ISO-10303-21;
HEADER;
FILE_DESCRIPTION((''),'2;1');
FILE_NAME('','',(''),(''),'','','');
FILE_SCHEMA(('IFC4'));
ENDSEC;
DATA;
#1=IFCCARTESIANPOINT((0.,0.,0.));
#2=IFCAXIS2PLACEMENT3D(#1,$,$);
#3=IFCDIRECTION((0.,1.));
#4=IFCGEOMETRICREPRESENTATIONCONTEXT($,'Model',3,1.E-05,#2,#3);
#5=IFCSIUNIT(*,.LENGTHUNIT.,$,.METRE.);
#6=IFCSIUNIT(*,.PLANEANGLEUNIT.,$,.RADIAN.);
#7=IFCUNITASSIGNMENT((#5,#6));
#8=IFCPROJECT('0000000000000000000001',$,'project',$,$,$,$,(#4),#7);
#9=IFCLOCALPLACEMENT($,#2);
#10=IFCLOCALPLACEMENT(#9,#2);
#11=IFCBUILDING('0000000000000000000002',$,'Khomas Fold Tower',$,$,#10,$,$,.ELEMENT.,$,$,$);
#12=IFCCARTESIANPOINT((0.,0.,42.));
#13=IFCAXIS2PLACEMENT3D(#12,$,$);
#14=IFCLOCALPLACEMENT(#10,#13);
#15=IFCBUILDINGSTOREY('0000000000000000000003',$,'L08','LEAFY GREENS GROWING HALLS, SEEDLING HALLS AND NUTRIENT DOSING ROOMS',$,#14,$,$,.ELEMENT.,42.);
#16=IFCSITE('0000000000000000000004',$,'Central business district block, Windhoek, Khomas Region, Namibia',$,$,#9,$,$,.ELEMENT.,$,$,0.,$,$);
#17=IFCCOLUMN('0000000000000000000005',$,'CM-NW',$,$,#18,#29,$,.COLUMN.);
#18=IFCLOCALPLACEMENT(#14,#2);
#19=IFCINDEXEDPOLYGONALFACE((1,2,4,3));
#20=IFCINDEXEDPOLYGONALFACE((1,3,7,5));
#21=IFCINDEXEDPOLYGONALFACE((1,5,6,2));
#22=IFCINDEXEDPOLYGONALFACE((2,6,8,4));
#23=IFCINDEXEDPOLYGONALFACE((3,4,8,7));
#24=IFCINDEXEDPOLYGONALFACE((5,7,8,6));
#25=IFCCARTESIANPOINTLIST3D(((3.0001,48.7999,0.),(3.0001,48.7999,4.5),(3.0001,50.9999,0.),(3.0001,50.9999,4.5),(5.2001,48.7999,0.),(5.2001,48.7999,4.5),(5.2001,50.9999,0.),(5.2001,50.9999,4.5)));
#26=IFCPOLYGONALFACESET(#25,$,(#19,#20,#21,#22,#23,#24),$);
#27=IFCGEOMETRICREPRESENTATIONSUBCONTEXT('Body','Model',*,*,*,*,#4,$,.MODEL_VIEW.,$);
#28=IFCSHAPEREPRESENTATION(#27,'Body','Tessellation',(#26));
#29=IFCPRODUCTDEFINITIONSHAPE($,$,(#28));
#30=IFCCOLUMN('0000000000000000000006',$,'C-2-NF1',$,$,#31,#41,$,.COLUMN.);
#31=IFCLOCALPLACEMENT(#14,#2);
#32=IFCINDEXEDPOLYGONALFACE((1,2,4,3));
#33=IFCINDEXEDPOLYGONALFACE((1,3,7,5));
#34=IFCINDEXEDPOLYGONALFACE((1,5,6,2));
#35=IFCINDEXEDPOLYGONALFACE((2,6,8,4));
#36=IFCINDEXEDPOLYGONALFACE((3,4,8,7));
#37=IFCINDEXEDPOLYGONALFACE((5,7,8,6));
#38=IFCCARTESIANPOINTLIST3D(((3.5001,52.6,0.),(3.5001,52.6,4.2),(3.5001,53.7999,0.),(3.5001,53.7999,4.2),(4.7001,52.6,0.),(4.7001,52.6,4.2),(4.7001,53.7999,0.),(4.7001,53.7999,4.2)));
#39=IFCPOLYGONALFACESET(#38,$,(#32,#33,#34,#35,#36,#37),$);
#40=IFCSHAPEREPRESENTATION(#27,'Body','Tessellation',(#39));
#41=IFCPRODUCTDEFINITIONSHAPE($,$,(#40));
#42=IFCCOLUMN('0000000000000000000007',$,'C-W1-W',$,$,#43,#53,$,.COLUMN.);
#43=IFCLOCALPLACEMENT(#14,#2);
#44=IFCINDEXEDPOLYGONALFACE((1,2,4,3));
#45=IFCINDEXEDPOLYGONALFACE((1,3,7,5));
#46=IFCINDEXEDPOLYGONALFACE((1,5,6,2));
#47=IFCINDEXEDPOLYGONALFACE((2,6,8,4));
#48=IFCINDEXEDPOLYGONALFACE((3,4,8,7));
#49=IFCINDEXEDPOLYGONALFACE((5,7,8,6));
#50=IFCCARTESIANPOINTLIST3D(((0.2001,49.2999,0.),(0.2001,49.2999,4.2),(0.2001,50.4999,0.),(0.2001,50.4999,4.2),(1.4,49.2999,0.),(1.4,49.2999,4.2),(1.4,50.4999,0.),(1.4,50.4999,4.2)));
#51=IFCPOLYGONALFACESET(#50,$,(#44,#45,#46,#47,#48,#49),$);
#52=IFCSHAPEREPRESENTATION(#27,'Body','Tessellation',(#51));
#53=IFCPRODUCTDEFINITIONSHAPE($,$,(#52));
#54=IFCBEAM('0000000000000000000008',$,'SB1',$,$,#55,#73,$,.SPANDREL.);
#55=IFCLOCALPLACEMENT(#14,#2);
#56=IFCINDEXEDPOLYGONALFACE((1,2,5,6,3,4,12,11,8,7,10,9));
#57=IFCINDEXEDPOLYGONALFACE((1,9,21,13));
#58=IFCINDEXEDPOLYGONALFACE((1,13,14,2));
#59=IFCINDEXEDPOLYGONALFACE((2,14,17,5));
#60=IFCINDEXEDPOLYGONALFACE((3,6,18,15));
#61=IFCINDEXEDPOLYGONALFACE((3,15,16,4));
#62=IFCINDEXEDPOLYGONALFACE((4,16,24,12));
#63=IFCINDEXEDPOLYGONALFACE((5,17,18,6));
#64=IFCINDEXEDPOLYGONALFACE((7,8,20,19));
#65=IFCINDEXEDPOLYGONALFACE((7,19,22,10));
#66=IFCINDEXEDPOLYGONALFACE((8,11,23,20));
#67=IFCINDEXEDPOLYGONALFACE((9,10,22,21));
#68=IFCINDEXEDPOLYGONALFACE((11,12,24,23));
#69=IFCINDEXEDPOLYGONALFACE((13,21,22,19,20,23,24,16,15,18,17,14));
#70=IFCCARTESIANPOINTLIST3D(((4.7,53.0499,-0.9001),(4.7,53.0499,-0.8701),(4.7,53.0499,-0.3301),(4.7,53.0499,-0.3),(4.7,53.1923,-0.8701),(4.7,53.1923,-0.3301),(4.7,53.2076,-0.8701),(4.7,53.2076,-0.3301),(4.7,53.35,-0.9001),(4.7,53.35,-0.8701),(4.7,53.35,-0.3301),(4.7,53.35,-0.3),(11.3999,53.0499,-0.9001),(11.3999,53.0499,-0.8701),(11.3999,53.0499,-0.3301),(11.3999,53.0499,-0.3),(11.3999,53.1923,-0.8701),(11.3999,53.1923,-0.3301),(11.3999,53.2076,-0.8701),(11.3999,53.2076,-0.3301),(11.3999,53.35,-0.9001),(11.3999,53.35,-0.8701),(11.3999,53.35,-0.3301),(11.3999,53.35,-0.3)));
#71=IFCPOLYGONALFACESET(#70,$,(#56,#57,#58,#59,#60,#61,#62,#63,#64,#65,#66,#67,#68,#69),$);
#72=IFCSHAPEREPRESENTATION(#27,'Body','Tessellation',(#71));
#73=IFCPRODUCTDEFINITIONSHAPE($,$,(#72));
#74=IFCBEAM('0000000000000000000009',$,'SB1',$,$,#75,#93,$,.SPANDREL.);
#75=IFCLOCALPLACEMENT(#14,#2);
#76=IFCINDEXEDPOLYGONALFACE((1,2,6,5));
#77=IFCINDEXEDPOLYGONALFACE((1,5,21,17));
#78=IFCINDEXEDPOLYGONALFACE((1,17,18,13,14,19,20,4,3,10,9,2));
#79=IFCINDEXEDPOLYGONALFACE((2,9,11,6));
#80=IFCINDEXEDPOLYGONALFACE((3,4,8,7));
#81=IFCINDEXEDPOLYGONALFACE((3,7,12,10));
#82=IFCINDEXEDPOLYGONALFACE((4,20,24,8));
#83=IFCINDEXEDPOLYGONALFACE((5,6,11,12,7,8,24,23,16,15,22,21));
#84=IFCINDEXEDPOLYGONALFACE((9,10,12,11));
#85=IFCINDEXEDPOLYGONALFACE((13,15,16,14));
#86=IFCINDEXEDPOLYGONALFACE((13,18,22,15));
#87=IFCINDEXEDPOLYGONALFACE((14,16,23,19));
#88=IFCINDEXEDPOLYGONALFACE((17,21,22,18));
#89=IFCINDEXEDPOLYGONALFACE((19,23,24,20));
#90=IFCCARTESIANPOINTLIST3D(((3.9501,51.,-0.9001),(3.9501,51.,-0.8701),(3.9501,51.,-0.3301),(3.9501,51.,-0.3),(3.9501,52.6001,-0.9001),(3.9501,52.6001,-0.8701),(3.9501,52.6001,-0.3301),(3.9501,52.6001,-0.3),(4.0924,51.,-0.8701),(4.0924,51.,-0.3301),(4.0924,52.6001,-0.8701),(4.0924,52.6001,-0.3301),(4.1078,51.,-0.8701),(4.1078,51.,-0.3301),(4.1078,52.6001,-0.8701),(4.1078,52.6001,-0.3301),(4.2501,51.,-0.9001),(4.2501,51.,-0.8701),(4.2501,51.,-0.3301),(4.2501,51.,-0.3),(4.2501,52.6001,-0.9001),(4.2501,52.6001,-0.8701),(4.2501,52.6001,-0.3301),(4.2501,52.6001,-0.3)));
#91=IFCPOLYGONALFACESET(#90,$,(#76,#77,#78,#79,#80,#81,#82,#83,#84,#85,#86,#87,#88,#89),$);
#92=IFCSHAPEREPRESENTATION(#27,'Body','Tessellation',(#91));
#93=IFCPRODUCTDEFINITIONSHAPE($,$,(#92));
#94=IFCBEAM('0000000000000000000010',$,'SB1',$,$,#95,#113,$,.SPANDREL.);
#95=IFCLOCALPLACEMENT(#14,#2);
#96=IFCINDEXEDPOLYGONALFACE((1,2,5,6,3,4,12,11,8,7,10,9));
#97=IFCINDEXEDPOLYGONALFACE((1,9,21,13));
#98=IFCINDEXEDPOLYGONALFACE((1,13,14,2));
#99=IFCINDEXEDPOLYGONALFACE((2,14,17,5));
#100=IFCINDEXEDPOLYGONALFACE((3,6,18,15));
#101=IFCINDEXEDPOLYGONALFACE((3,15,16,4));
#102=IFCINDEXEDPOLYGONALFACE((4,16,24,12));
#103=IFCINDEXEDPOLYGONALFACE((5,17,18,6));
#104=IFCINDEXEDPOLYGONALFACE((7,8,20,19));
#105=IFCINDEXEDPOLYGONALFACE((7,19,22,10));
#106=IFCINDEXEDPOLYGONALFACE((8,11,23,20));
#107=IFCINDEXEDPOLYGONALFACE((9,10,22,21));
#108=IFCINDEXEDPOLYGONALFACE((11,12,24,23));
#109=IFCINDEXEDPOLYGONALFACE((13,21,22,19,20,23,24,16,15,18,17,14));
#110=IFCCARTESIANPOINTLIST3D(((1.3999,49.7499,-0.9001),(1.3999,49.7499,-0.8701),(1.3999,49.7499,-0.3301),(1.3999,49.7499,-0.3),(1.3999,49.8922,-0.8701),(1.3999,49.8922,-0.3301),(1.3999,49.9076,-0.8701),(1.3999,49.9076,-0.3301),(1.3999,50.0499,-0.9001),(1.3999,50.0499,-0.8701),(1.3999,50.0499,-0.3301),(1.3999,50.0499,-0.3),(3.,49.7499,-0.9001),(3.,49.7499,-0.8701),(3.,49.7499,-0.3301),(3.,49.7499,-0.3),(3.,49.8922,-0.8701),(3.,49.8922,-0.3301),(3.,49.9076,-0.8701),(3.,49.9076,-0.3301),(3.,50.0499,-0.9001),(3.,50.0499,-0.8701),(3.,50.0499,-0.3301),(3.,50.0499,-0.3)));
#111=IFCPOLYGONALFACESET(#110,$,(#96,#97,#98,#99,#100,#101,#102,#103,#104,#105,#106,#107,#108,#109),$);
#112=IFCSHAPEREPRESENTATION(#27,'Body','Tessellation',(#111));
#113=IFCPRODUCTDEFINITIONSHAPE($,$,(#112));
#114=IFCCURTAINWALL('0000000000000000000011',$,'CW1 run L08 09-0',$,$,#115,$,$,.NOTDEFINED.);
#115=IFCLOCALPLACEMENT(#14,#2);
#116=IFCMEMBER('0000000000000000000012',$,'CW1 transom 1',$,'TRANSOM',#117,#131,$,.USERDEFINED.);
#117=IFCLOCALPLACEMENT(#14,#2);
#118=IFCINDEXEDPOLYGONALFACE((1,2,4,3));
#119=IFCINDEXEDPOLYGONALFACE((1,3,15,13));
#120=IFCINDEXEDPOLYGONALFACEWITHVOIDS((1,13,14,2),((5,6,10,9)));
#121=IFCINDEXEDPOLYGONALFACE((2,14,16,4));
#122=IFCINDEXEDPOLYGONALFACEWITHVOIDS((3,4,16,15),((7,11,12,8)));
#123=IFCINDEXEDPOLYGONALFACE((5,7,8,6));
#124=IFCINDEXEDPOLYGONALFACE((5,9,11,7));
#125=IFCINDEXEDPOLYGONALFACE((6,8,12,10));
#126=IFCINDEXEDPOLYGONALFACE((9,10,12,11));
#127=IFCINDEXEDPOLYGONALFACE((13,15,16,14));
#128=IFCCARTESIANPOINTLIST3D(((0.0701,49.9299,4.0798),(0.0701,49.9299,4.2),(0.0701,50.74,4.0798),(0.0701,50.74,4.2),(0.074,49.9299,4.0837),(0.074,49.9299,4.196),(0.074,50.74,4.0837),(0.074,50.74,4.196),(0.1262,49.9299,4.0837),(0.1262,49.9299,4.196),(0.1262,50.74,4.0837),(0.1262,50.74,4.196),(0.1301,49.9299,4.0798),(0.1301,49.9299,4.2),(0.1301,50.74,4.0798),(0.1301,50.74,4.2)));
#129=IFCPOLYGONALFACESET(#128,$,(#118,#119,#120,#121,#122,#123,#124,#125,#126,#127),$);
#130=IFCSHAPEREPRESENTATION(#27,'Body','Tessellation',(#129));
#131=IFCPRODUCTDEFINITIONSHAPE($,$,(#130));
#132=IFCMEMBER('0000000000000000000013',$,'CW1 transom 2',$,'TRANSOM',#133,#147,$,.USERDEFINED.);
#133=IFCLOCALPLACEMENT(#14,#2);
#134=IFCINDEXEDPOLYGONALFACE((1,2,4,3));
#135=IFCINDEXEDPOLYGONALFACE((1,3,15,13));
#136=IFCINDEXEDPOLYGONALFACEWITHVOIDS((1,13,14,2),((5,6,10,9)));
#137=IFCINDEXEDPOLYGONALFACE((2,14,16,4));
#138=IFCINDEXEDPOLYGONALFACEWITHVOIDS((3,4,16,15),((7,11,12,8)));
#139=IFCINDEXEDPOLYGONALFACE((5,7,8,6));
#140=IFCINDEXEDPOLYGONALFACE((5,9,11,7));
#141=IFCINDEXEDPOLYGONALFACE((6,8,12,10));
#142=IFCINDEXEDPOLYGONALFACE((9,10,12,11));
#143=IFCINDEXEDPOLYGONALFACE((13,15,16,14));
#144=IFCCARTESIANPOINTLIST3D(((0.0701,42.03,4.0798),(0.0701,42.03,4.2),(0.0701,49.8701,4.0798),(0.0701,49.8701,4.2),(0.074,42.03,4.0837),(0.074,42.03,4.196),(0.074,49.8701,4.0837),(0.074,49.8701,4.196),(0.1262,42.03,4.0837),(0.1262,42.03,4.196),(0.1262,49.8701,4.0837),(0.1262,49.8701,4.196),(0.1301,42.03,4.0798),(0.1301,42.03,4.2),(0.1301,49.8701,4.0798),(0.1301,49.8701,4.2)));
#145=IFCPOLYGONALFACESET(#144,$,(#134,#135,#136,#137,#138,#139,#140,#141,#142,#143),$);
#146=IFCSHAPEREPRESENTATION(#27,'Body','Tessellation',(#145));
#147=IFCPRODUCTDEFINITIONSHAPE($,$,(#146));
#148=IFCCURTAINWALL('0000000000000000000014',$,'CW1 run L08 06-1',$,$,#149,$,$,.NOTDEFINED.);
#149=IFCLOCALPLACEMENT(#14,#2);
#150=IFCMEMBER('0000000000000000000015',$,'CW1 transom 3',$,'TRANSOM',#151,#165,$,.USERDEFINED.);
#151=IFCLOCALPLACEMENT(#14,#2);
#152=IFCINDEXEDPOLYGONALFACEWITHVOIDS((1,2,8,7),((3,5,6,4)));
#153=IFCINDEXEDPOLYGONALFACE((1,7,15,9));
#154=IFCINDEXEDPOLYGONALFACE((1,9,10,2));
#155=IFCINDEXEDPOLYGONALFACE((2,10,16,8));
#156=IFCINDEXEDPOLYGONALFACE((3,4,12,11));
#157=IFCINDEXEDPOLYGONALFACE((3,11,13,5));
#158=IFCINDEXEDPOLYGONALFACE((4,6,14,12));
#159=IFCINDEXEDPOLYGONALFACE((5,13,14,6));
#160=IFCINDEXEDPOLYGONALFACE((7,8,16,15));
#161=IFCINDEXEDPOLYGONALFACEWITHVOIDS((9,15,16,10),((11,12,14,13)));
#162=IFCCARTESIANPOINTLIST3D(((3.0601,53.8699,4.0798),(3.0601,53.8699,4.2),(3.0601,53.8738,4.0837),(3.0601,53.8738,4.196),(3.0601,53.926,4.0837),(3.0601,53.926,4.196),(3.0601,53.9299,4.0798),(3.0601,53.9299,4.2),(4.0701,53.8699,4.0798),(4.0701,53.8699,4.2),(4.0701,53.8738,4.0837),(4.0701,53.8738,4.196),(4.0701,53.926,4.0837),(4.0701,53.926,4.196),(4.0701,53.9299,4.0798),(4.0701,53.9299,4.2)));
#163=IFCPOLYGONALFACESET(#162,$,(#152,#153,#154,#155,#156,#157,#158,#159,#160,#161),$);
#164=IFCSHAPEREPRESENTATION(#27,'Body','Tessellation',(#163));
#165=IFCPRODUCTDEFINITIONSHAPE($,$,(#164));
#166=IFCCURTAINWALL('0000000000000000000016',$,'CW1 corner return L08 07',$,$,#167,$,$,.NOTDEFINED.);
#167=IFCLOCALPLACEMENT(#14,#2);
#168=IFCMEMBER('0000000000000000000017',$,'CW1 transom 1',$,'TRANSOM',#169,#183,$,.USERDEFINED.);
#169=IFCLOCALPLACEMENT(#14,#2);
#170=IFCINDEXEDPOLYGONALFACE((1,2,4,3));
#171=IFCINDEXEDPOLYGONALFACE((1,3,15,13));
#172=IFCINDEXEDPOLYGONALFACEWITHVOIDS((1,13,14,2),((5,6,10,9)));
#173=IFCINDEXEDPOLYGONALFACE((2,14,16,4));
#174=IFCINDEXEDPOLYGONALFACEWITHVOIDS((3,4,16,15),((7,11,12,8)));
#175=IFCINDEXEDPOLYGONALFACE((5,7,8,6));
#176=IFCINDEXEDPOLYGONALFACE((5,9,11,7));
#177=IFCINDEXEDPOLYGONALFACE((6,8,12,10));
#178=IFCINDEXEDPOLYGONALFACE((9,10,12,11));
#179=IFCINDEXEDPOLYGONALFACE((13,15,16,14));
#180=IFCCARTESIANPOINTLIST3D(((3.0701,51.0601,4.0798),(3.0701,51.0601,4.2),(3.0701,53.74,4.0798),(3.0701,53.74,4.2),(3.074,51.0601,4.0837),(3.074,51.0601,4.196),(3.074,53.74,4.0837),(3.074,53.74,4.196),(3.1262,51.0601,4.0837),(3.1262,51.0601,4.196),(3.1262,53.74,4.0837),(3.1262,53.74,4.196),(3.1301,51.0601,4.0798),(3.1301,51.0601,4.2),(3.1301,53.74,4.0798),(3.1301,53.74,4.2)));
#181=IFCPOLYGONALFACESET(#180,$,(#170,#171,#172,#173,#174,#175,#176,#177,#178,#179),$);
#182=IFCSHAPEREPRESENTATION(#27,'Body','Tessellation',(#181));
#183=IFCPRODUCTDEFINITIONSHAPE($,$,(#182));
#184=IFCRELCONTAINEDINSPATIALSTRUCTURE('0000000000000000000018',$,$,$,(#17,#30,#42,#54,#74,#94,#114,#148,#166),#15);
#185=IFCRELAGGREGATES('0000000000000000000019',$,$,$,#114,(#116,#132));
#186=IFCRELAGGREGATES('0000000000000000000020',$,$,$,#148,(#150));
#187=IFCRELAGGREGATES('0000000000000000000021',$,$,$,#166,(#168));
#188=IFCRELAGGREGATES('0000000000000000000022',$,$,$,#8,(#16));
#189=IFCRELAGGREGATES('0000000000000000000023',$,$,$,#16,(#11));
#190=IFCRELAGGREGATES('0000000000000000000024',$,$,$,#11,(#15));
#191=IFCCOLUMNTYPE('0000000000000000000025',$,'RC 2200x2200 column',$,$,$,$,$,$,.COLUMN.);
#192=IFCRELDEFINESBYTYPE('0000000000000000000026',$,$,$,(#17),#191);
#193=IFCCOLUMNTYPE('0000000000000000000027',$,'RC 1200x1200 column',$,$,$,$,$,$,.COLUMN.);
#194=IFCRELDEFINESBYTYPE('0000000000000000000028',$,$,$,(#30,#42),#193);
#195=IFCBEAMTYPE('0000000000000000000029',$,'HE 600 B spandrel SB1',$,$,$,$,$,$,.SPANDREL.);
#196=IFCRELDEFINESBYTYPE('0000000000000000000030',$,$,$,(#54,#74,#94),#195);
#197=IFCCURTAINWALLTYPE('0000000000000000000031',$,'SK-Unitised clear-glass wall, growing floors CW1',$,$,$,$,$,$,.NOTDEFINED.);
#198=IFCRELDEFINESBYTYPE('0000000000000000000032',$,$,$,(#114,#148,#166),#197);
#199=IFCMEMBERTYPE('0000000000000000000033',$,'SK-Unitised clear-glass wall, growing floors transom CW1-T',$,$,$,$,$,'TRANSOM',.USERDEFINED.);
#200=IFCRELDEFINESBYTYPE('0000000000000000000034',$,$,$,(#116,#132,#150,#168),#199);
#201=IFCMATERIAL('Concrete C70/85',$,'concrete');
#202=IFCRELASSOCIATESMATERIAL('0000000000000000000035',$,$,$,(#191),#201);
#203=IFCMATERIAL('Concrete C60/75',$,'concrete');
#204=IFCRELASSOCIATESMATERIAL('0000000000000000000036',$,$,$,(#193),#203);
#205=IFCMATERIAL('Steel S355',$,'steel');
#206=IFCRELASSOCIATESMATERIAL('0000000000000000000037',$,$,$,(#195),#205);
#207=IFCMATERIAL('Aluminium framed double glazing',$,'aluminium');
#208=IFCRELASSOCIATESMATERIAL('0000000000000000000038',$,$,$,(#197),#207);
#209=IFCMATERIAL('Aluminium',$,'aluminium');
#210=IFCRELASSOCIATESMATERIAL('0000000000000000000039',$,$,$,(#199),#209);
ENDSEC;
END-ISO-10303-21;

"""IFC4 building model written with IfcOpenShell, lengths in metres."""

from ifc_helpers import new_model, si_unit, direction, frame, origin, origin_2d, place, context, subcontext, project, spatial, rectangle, hollow_rectangle, i_section, extrude, source, transform, mapped, material, material_profile, profile_set, type_object, element, aggregate, save


model = new_model("IFC4")

# Units and contexts
model_context = context("Model", 3, precision=1e-05, world=origin(), true_north=direction((0.0, 1.0)))
body_context = subcontext(model_context, "Body", "Model", "MODEL_VIEW")
ifc_project = project(units=[si_unit("LENGTHUNIT", "METRE"), si_unit("PLANEANGLEUNIT", "RADIAN")], contexts=[model_context])

# Site, building, storey
site_placement = place(None, origin())
site = spatial("IfcSite", under=ifc_project, at=site_placement, Name="Central business district block, Windhoek, Khomas Region, Namibia", CompositionType="ELEMENT", RefElevation=0.0)
building_placement = place(site_placement, origin())
building = spatial("IfcBuilding", under=site, at=building_placement, Name="Khomas Fold Tower", CompositionType="ELEMENT")
storey_placement = place(building_placement, frame((0.0, 0.0, 42.0)))
storey = spatial("IfcBuildingStorey", under=building, at=storey_placement, Name="L08", Description="LEAFY GREENS GROWING HALLS, SEEDLING HALLS AND NUTRIENT DOSING ROOMS", CompositionType="ELEMENT", Elevation=42.0)

# Columns
ifc_material_1 = material(Name="Concrete C70/85", Category="concrete")
ifc_material_profile_1 = material_profile(ifc_material_1, rectangle(XDim=2.2, YDim=2.2, at=origin_2d()), Name="RC 2200x2200")
ifc_profile_set_1 = profile_set([ifc_material_profile_1], Name="Concrete C70/85")
column_type_1 = type_object("IfcColumnType", Name="RC 2200x2200 column", PredefinedType="COLUMN", material=ifc_profile_set_1)
shared_shape_1 = source(origin(), body_context, "Body", "SweptSolid", [
    extrude(rectangle(XDim=2.2, YDim=2.2, at=origin_2d()), origin(), (0.0, 0.0, 1.0), 4.5),
])
column_placement = place(storey_placement, frame((4.1001, 49.8999, 0.0), z_axis=(0.0, 0.0, 1.0), x_axis=(1.0, 0.0, 0.0)))
element("IfcColumn", 1, at=column_placement, inside=storey, type_object=column_type_1, Name="CM-NW", PredefinedType="COLUMN", context=body_context, shape_type="MappedRepresentation", body=[
    mapped(shared_shape_1, transform((0.0, 0.0, 0.0))),
])
ifc_material_2 = material(Name="Concrete C60/75", Category="concrete")
ifc_material_profile_2 = material_profile(ifc_material_2, rectangle(XDim=1.2, YDim=1.2, at=origin_2d()), Name="RC 1200x1200")
ifc_profile_set_2 = profile_set([ifc_material_profile_2], Name="Concrete C60/75")
column_type_2 = type_object("IfcColumnType", Name="RC 1200x1200 column", PredefinedType="COLUMN", material=ifc_profile_set_2)
shared_shape_2 = source(origin(), body_context, "Body", "SweptSolid", [
    extrude(rectangle(XDim=1.2, YDim=1.2, at=origin_2d()), origin(), (0.0, 0.0, 1.0), 4.2),
])
for number, where, z_axis, x_axis, name in (
    (2, (4.1001, 53.2, 0.0), (0.0, 0.0, 1.0), (1.0, 0.0, 0.0), "C-2-NF1"),
    (3, (0.8, 49.8999, 0.0), (0.0, 0.0, 1.0), (1.0, 0.0, 0.0), "C-W1-W"),
):
    element("IfcColumn", number, at=place(storey_placement, frame(where, z_axis=z_axis, x_axis=x_axis)), inside=storey, type_object=column_type_2, Name=name, PredefinedType="COLUMN", context=body_context, shape_type="MappedRepresentation", body=[
        mapped(shared_shape_2, transform((0.0, 0.0, 0.0))),
    ])

# Beams
ifc_material_3 = material(Name="Steel S355", Category="steel")
ifc_material_profile_3 = material_profile(ifc_material_3, i_section(OverallWidth=0.3, OverallDepth=0.6001, WebThickness=0.0154, FlangeThickness=0.03, at=origin_2d()), Name="HE 600 B")
ifc_profile_set_3 = profile_set([ifc_material_profile_3], Name="Steel S355")
beam_type = type_object("IfcBeamType", Name="HE 600 B spandrel SB1", PredefinedType="SPANDREL", material=ifc_profile_set_3)
shared_shape_3 = source(origin(), body_context, "Body", "SweptSolid", [
    extrude(i_section(OverallWidth=0.3, OverallDepth=0.6001, WebThickness=0.0154, FlangeThickness=0.03, at=origin_2d()), origin(), (0.0, 0.0, 1.0), 6.7),
])
beam_placement = place(storey_placement, frame((4.7, 53.2, -0.6001), z_axis=(1.0, 0.0, 0.0), x_axis=(0.0, 1.0, 0.0)))
element("IfcBeam", 4, at=beam_placement, inside=storey, type_object=beam_type, Name="SB1", PredefinedType="SPANDREL", context=body_context, shape_type="MappedRepresentation", body=[
    mapped(shared_shape_3, transform((0.0, 0.0, 0.0))),
])
shared_shape_4 = source(origin(), body_context, "Body", "SweptSolid", [
    extrude(i_section(OverallWidth=0.3, OverallDepth=0.6001, WebThickness=0.0154, FlangeThickness=0.03, at=origin_2d()), origin(), (0.0, 0.0, 1.0), 1.6001),
])
for number, where, z_axis, x_axis, name in (
    (5, (4.1001, 51.0, -0.6001), (0.0, 1.0, 0.0), (-1.0, 0.0, 0.0), "SB1"),
    (6, (1.3999, 49.8999, -0.6001), (1.0, 0.0, 0.0), (0.0, 1.0, 0.0), "SB1"),
):
    element("IfcBeam", number, at=place(storey_placement, frame(where, z_axis=z_axis, x_axis=x_axis)), inside=storey, type_object=beam_type, Name=name, PredefinedType="SPANDREL", context=body_context, shape_type="MappedRepresentation", body=[
        mapped(shared_shape_4, transform((0.0, 0.0, 0.0))),
    ])

# Curtain wall, members
ifc_material_4 = material(Name="Aluminium framed double glazing", Category="aluminium")
curtain_wall_type = type_object("IfcCurtainWallType", Name="SK-Unitised clear-glass wall, growing floors CW1", PredefinedType="NOTDEFINED", material=ifc_material_4)
curtain_wall_1_placement = place(storey_placement, origin())
curtain_wall_1 = element("IfcCurtainWall", 7, at=curtain_wall_1_placement, inside=storey, type_object=curtain_wall_type, Name="CW1 run L08 09-0", PredefinedType="NOTDEFINED")
ifc_material_5 = material(Name="Aluminium", Category="aluminium")
ifc_material_profile_4 = material_profile(ifc_material_5, hollow_rectangle(XDim=0.0601, YDim=0.1201, WallThickness=0.0039, at=origin_2d()), Name="SK-Unitised clear-glass wall, growing floors transom CW1-T")
ifc_profile_set_4 = profile_set([ifc_material_profile_4], Name="Aluminium")
member_type_1 = type_object("IfcMemberType", Name="SK-Unitised clear-glass wall, growing floors transom CW1-T", ElementType="TRANSOM", PredefinedType="USERDEFINED", material=ifc_profile_set_4)
shared_shape_5 = source(origin(), body_context, "Body", "SweptSolid", [
    extrude(hollow_rectangle(XDim=0.0601, YDim=0.1201, WallThickness=0.0039, at=origin_2d()), origin(), (0.0, 0.0, 1.0), 0.8101),
])
member_1_placement = place(storey_placement, frame((0.1001, 50.74, 4.1399), z_axis=(0.0, -1.0, 0.0), x_axis=(1.0, 0.0, 0.0)))
member_1 = element("IfcMember", 8, at=member_1_placement, type_object=member_type_1, Name="CW1 transom 1", ObjectType="TRANSOM", PredefinedType="USERDEFINED", context=body_context, shape_type="MappedRepresentation", body=[
    mapped(shared_shape_5, transform((0.0, 0.0, 0.0))),
])
shared_shape_6 = source(origin(), body_context, "Body", "SweptSolid", [
    extrude(hollow_rectangle(XDim=0.0601, YDim=0.1201, WallThickness=0.0039, at=origin_2d()), origin(), (0.0, 0.0, 1.0), 7.8401),
])
member_2_placement = place(storey_placement, frame((0.1001, 49.8701, 4.1399), z_axis=(0.0, -1.0, 0.0), x_axis=(1.0, 0.0, 0.0)))
member_2 = element("IfcMember", 9, at=member_2_placement, type_object=member_type_1, Name="CW1 transom 2", ObjectType="TRANSOM", PredefinedType="USERDEFINED", context=body_context, shape_type="MappedRepresentation", body=[
    mapped(shared_shape_6, transform((0.0, 0.0, 0.0))),
])

# Curtain walls, members
curtain_wall_2_placement = place(storey_placement, origin())
curtain_wall_2 = element("IfcCurtainWall", 10, at=curtain_wall_2_placement, inside=storey, type_object=curtain_wall_type, Name="CW1 run L08 06-1", PredefinedType="NOTDEFINED")
shared_shape_7 = source(origin(), body_context, "Body", "SweptSolid", [
    extrude(hollow_rectangle(XDim=0.0601, YDim=0.1201, WallThickness=0.0039, at=origin_2d()), origin(), (0.0, 0.0, 1.0), 1.01),
])
member_3_placement = place(storey_placement, frame((4.0701, 53.8999, 4.1399), z_axis=(-1.0, 0.0, 0.0), x_axis=(0.0, -1.0, 0.0)))
member_3 = element("IfcMember", 11, at=member_3_placement, type_object=member_type_1, Name="CW1 transom 3", ObjectType="TRANSOM", PredefinedType="USERDEFINED", context=body_context, shape_type="MappedRepresentation", body=[
    mapped(shared_shape_7, transform((0.0, 0.0, 0.0))),
])
curtain_wall_3_placement = place(storey_placement, origin())
curtain_wall_3 = element("IfcCurtainWall", 12, at=curtain_wall_3_placement, inside=storey, type_object=curtain_wall_type, Name="CW1 corner return L08 07", PredefinedType="NOTDEFINED")
shared_shape_8 = source(origin(), body_context, "Body", "SweptSolid", [
    extrude(hollow_rectangle(XDim=0.0601, YDim=0.1201, WallThickness=0.0039, at=origin_2d()), origin(), (0.0, 0.0, 1.0), 2.6799),
])
member_4_placement = place(storey_placement, frame((3.1001, 53.74, 4.1399), z_axis=(0.0, -1.0, 0.0), x_axis=(1.0, 0.0, 0.0)))
member_4 = element("IfcMember", 13, at=member_4_placement, type_object=member_type_1, Name="CW1 transom 1", ObjectType="TRANSOM", PredefinedType="USERDEFINED", context=body_context, shape_type="MappedRepresentation", body=[
    mapped(shared_shape_8, transform((0.0, 0.0, 0.0))),
])

aggregate(curtain_wall_1, [member_1, member_2])
aggregate(curtain_wall_2, [member_3])
aggregate(curtain_wall_3, [member_4])

save(model, "model.ifc")
